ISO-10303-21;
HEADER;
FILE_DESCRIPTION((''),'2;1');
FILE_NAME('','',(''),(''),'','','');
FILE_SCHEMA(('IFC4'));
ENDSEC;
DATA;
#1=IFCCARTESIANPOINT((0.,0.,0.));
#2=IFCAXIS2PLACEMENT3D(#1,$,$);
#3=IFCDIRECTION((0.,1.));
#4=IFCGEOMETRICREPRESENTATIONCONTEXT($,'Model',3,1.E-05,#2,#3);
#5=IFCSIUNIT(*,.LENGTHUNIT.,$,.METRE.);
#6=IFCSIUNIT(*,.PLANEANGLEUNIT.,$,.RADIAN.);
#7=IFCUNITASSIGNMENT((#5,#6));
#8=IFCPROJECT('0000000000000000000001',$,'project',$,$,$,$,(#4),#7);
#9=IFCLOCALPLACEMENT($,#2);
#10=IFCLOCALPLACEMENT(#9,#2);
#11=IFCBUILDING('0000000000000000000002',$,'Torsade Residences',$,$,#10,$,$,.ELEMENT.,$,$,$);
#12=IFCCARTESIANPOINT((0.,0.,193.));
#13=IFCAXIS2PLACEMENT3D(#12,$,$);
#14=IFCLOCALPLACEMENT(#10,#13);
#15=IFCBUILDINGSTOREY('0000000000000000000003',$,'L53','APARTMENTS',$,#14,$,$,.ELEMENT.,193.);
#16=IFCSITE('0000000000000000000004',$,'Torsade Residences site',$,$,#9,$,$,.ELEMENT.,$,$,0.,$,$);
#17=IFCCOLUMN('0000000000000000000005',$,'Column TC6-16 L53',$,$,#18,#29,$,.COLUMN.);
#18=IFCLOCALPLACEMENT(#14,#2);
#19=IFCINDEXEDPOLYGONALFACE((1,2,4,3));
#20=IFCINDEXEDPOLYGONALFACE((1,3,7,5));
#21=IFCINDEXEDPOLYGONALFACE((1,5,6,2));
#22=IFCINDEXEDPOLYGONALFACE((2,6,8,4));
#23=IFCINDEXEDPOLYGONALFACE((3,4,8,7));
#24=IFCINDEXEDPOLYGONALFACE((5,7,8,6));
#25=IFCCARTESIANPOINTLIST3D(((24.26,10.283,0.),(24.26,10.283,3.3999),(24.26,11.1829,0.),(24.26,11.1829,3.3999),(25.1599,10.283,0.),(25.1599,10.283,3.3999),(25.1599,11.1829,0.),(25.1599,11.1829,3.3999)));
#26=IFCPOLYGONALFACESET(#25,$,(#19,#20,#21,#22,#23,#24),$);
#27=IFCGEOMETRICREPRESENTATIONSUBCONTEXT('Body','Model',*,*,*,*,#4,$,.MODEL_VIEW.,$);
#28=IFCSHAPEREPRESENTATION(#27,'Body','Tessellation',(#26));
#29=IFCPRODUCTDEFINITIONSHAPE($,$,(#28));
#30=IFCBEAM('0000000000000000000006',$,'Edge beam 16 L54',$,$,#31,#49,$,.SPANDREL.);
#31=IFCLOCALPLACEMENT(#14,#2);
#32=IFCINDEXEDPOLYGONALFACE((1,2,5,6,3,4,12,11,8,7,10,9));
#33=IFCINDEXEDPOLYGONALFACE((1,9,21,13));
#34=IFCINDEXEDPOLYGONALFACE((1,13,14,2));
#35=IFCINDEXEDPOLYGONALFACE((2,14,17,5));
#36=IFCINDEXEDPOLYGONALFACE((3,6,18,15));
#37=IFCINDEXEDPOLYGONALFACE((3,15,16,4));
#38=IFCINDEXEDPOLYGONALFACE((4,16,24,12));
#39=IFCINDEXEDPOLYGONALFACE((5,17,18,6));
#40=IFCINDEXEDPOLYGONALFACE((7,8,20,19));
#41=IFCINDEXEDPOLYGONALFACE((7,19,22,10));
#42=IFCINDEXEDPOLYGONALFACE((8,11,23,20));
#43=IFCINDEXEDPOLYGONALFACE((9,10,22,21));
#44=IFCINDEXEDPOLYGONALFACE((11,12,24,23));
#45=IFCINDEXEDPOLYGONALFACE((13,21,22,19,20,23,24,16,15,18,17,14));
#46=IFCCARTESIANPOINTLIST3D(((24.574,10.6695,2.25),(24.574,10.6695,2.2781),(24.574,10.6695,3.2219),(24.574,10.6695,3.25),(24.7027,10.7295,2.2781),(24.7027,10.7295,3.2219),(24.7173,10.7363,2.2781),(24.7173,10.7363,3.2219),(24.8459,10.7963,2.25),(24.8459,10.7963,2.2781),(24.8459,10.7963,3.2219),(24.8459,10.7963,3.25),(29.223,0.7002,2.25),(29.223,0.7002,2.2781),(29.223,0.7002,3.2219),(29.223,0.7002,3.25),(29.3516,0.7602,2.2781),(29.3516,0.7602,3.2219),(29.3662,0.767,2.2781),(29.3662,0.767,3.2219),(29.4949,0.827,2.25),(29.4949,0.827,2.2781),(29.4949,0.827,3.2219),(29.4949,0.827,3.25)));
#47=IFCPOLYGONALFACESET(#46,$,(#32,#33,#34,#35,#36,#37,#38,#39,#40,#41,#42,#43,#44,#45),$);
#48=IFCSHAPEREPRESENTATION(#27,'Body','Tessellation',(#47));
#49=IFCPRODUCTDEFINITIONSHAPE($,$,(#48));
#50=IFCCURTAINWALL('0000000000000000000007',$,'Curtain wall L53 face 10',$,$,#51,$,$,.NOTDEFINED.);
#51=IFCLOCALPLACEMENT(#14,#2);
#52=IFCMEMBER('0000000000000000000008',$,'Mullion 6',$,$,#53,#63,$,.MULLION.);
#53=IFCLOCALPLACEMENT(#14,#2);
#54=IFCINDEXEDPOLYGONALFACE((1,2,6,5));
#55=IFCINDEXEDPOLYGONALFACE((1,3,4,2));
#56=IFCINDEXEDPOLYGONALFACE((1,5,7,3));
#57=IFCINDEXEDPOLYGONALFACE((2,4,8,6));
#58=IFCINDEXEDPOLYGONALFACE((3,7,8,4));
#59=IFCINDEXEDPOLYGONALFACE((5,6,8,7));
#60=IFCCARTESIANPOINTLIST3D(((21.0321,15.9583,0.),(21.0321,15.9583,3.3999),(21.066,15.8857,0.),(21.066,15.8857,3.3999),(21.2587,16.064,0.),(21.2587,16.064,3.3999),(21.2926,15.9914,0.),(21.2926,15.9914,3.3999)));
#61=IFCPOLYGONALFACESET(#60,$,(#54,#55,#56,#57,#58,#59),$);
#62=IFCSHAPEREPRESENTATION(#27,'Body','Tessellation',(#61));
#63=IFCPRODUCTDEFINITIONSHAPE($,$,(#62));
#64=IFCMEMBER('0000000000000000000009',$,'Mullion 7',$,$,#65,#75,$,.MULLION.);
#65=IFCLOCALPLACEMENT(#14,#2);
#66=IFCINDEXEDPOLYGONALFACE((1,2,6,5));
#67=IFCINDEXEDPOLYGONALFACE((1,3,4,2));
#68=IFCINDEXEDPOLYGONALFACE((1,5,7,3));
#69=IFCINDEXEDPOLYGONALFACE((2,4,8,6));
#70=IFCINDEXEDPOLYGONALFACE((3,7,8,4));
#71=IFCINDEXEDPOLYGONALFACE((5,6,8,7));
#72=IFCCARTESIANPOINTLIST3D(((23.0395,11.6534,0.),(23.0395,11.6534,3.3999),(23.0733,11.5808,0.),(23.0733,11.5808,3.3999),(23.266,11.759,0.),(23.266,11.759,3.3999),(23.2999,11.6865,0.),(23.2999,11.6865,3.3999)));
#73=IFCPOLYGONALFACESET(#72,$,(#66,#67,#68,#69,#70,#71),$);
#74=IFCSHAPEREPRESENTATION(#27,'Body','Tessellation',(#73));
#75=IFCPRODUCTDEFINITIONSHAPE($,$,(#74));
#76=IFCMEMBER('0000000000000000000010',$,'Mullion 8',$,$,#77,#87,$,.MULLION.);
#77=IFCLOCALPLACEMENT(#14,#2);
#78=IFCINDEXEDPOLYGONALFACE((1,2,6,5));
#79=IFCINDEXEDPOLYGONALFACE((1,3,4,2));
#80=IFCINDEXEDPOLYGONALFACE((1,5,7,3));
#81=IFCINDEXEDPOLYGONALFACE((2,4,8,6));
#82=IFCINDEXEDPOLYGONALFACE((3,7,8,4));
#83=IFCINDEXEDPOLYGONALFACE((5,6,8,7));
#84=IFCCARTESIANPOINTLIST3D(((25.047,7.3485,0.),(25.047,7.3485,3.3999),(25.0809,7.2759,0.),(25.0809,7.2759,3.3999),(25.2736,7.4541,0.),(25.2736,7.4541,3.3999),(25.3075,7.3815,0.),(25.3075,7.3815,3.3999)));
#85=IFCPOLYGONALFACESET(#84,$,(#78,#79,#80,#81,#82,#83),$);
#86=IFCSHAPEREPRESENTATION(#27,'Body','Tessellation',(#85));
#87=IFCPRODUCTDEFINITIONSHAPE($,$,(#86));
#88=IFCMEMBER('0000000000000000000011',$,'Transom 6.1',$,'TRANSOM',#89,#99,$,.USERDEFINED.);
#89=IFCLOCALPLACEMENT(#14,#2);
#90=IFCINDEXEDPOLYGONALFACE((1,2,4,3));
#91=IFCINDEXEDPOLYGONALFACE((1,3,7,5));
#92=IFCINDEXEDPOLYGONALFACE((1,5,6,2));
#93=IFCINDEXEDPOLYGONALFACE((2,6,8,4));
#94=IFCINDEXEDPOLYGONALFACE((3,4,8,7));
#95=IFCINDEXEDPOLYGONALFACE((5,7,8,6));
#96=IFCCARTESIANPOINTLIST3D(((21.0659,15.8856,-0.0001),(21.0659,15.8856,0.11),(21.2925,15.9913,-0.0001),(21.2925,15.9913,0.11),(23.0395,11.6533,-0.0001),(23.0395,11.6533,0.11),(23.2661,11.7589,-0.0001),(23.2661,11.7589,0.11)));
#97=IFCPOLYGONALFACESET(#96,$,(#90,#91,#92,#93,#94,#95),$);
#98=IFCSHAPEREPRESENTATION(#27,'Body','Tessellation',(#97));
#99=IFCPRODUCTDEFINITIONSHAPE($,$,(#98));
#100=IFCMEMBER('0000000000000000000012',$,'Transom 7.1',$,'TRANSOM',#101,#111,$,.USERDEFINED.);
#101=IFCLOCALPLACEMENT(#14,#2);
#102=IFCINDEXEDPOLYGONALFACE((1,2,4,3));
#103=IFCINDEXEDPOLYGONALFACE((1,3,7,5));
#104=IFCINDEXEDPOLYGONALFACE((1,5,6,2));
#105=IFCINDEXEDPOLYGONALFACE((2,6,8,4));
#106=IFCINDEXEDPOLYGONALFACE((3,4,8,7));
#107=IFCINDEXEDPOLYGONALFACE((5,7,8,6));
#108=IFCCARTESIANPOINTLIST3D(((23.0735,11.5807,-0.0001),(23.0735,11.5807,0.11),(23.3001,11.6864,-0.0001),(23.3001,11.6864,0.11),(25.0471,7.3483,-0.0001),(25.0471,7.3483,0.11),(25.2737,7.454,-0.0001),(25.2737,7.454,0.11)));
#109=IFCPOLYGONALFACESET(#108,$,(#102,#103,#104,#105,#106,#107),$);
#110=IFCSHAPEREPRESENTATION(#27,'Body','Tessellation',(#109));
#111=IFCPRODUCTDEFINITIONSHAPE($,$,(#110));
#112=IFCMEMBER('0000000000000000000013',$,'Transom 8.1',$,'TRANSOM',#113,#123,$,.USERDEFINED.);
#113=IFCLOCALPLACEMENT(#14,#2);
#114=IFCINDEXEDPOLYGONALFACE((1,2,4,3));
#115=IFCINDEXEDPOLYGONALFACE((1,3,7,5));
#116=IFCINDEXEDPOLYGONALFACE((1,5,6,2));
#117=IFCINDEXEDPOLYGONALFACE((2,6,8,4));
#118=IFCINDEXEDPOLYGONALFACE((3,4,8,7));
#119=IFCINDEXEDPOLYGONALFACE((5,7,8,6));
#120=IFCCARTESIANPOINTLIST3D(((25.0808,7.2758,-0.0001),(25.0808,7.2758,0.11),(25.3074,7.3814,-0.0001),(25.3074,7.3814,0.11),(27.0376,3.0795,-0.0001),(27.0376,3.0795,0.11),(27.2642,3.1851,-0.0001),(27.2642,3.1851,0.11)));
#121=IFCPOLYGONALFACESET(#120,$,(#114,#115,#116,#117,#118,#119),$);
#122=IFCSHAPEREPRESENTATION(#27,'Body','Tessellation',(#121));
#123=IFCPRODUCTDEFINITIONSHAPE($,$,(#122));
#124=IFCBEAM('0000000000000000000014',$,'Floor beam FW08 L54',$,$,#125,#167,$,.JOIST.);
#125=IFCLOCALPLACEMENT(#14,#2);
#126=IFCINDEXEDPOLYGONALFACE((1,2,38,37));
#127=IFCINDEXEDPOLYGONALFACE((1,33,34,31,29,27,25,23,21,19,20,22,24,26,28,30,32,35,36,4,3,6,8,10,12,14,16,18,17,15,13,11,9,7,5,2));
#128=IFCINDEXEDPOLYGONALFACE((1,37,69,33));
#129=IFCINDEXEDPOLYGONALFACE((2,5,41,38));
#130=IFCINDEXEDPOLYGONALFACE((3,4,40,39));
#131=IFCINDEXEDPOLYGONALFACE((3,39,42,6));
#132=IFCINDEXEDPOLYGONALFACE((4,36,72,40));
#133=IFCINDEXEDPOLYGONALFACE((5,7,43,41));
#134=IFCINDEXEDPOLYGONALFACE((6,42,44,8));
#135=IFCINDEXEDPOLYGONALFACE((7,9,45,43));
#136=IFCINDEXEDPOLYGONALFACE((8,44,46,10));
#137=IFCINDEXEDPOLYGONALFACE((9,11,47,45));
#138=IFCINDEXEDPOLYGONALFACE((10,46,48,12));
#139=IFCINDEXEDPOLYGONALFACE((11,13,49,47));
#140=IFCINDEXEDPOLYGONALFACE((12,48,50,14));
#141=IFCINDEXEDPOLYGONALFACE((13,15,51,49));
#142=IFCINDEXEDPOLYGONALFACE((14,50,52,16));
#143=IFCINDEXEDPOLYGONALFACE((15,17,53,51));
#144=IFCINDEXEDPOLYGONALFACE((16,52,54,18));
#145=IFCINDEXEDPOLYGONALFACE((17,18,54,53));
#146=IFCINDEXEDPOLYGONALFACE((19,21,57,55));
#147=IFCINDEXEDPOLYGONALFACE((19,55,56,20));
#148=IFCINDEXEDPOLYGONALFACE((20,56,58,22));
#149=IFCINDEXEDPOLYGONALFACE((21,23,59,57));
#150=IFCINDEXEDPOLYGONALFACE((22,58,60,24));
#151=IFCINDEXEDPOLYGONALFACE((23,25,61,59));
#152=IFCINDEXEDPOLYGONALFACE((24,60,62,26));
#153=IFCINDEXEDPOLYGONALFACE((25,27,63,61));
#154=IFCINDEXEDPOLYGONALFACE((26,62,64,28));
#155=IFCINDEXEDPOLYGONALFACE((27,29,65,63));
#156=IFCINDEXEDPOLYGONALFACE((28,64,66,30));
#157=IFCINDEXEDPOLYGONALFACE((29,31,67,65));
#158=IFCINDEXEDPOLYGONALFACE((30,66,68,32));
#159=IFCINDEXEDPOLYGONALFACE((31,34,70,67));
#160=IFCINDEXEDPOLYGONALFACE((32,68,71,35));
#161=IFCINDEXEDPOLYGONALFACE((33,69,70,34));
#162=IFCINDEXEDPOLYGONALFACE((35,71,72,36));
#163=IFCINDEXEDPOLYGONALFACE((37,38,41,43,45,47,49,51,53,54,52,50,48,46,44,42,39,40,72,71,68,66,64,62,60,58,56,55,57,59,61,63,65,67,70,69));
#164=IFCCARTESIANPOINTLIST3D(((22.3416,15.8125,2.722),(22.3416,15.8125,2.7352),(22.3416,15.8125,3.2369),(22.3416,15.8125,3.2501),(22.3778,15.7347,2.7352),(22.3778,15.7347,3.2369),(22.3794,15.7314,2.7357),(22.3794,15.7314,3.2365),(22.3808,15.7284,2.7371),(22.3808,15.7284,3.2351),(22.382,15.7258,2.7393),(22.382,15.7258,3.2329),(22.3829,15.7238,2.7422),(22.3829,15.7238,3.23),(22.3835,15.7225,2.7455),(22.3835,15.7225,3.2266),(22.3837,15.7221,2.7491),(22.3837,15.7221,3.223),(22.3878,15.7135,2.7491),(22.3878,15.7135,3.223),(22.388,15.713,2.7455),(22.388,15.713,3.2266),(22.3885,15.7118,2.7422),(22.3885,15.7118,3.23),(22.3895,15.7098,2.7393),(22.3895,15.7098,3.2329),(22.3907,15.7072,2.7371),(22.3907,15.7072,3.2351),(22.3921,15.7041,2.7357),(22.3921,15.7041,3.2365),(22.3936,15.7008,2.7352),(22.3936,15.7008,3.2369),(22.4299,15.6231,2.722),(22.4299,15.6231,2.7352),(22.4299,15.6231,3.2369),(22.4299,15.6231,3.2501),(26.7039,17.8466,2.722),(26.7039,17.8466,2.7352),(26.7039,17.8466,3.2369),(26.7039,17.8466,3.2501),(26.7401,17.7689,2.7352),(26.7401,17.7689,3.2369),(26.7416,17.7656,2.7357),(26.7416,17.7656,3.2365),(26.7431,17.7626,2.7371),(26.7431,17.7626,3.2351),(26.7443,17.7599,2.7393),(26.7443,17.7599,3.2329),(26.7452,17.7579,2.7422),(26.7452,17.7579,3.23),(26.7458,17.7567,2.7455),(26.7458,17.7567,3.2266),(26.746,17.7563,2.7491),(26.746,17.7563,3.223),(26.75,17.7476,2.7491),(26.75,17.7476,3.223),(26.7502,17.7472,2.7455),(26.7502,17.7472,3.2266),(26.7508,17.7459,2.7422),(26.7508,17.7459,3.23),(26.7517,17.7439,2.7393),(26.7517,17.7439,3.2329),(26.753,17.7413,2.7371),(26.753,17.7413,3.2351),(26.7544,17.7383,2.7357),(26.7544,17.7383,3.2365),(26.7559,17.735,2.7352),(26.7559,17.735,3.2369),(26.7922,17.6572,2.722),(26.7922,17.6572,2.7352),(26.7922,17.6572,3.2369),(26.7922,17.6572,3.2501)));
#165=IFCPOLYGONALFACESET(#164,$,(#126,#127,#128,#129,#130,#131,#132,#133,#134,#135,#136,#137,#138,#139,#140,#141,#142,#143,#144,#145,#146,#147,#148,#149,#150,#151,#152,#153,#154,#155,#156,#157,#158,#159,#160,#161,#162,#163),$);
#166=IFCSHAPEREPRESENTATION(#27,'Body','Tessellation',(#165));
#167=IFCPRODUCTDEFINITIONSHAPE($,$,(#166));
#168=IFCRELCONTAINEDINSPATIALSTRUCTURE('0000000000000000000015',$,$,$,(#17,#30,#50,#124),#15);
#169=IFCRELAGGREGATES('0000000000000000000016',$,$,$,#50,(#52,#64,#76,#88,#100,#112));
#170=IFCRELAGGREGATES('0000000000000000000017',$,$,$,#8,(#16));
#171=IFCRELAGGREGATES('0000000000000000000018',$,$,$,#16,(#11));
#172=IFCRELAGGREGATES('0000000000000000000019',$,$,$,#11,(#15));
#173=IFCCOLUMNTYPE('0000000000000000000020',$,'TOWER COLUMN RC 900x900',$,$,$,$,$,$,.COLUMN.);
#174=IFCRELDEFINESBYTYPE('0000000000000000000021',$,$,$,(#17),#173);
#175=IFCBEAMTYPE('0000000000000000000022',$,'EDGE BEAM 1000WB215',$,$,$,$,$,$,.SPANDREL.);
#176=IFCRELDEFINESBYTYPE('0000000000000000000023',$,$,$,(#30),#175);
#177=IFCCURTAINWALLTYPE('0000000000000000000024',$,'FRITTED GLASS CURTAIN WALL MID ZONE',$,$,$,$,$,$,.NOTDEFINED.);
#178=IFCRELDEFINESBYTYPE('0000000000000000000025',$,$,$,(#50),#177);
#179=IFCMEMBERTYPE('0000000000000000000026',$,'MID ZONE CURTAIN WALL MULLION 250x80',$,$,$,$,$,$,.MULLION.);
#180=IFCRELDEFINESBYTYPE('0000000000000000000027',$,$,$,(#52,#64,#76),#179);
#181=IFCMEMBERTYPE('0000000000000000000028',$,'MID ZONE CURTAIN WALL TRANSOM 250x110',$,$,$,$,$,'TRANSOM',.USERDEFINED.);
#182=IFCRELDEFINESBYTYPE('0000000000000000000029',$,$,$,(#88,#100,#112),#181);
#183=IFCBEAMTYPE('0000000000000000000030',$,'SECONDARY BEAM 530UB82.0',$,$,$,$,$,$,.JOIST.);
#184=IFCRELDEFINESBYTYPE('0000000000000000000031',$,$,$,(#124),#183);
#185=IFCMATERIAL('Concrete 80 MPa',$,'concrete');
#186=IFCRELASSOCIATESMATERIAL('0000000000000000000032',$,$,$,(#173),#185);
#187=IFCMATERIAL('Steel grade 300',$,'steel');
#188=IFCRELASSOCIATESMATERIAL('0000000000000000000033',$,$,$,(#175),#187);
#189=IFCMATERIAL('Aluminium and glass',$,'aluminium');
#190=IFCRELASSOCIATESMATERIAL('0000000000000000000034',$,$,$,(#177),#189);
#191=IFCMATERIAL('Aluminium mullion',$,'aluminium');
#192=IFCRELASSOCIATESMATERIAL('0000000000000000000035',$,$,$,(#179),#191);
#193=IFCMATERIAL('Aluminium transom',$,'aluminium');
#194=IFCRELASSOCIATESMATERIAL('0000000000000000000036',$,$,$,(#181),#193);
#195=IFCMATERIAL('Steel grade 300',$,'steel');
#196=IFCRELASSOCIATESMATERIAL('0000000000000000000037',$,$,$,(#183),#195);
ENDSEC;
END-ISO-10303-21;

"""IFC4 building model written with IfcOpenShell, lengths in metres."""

from ifc_helpers import new_model, si_unit, direction, frame, origin, origin_2d, place, context, subcontext, project, spatial, rectangle, i_section, extrude, material, material_profile, profile_set, type_object, element, aggregate, save


model = new_model("IFC4")

# Units and contexts
model_context = context("Model", 3, precision=1e-05, world=origin(), true_north=direction((0.0, 1.0)))
body_context = subcontext(model_context, "Body", "Model", "MODEL_VIEW")
ifc_project = project(units=[si_unit("LENGTHUNIT", "METRE"), si_unit("PLANEANGLEUNIT", "RADIAN")], contexts=[model_context])

# Site, building, storey
site_placement = place(None, origin())
site = spatial("IfcSite", under=ifc_project, at=site_placement, Name="Torsade Residences site", CompositionType="ELEMENT", RefElevation=0.0)
building_placement = place(site_placement, origin())
building = spatial("IfcBuilding", under=site, at=building_placement, Name="Torsade Residences", CompositionType="ELEMENT")
storey_placement = place(building_placement, frame((0.0, 0.0, 193.0)))
storey = spatial("IfcBuildingStorey", under=building, at=storey_placement, Name="L53", Description="APARTMENTS", CompositionType="ELEMENT", Elevation=193.0)

# Column
ifc_material_1 = material(Name="Concrete 80 MPa", Category="concrete")
ifc_material_profile_1 = material_profile(ifc_material_1, rectangle(XDim=0.8999, YDim=0.8999, at=origin_2d()), Name="RC 900x900")
ifc_profile_set_1 = profile_set([ifc_material_profile_1], Name="Concrete 80 MPa")
column_type = type_object("IfcColumnType", Name="TOWER COLUMN RC 900x900", PredefinedType="COLUMN", material=ifc_profile_set_1)
column_placement = place(storey_placement, frame((24.71, 10.7329, 0.0), z_axis=(0.0, 0.0, 1.0), x_axis=(1.0, 0.0, 0.0)))
element("IfcColumn", 1, at=column_placement, inside=storey, type_object=column_type, Name="Column TC6-16 L53", PredefinedType="COLUMN", context=body_context, shape_type="SweptSolid", body=[
    extrude(rectangle(XDim=0.8999, YDim=0.8999, at=origin_2d()), origin(), (0.0, 0.0, 1.0), 3.3999),
])

# Beam
ifc_material_2 = material(Name="Steel grade 300", Category="steel")
ifc_material_profile_2 = material_profile(ifc_material_2, i_section(OverallWidth=0.3, OverallDepth=1.0, WebThickness=0.0161, FlangeThickness=0.0281, at=origin_2d()), Name="1000WB215")
ifc_profile_set_2 = profile_set([ifc_material_profile_2], Name="Steel grade 300")
beam_type_1 = type_object("IfcBeamType", Name="EDGE BEAM 1000WB215", PredefinedType="SPANDREL", material=ifc_profile_set_2)
beam_1_placement = place(storey_placement, frame((24.71, 10.7329, 2.75), z_axis=(0.422633, -0.906301, 0.0), x_axis=(0.906301, 0.422633, 0.0)))
element("IfcBeam", 2, at=beam_1_placement, inside=storey, type_object=beam_type_1, Name="Edge beam 16 L54", PredefinedType="SPANDREL", context=body_context, shape_type="SweptSolid", body=[
    extrude(i_section(OverallWidth=0.3, OverallDepth=1.0, WebThickness=0.0161, FlangeThickness=0.0281, at=origin_2d()), origin(), (0.0, 0.0, 1.0), 11.0),
])

# Curtain wall, members
ifc_material_3 = material(Name="Aluminium and glass", Category="aluminium")
curtain_wall_type = type_object("IfcCurtainWallType", Name="FRITTED GLASS CURTAIN WALL MID ZONE", PredefinedType="NOTDEFINED", material=ifc_material_3)
curtain_wall_placement = place(storey_placement, origin())
curtain_wall = element("IfcCurtainWall", 3, at=curtain_wall_placement, inside=storey, type_object=curtain_wall_type, Name="Curtain wall L53 face 10", PredefinedType="NOTDEFINED")
ifc_material_4 = material(Name="Aluminium mullion", Category="aluminium")
ifc_material_profile_3 = material_profile(ifc_material_4, rectangle(XDim=0.25, YDim=0.0801, at=origin_2d()), Name="MID ZONE CURTAIN WALL MULLION 250x80")
ifc_profile_set_3 = profile_set([ifc_material_profile_3], Name="Aluminium mullion")
member_type_1 = type_object("IfcMemberType", Name="MID ZONE CURTAIN WALL MULLION 250x80", PredefinedType="MULLION", material=ifc_profile_set_3)
member_1_placement = place(storey_placement, frame((21.1624, 15.9749, 0.0), z_axis=(0.0, 0.0, 1.0), x_axis=(0.906308, 0.422618, 0.0)))
member_1 = element("IfcMember", 4, at=member_1_placement, type_object=member_type_1, Name="Mullion 6", PredefinedType="MULLION", context=body_context, shape_type="SweptSolid", body=[
    extrude(rectangle(XDim=0.25, YDim=0.0801, at=origin_2d()), origin(), (0.0, 0.0, 1.0), 3.3999),
])
member_2_placement = place(storey_placement, frame((23.1697, 11.6699, 0.0), z_axis=(0.0, 0.0, 1.0), x_axis=(0.906308, 0.422618, 0.0)))
member_2 = element("IfcMember", 5, at=member_2_placement, type_object=member_type_1, Name="Mullion 7", PredefinedType="MULLION", context=body_context, shape_type="SweptSolid", body=[
    extrude(rectangle(XDim=0.25, YDim=0.0801, at=origin_2d()), origin(), (0.0, 0.0, 1.0), 3.3999),
])
member_3_placement = place(storey_placement, frame((25.1772, 7.365, 0.0), z_axis=(0.0, 0.0, 1.0), x_axis=(0.906308, 0.422618, 0.0)))
member_3 = element("IfcMember", 6, at=member_3_placement, type_object=member_type_1, Name="Mullion 8", PredefinedType="MULLION", context=body_context, shape_type="SweptSolid", body=[
    extrude(rectangle(XDim=0.25, YDim=0.0801, at=origin_2d()), origin(), (0.0, 0.0, 1.0), 3.3999),
])
ifc_material_5 = material(Name="Aluminium transom", Category="aluminium")
ifc_material_profile_4 = material_profile(ifc_material_5, rectangle(XDim=0.25, YDim=0.1101, at=origin_2d()), Name="MID ZONE CURTAIN WALL TRANSOM 250x110")
ifc_profile_set_4 = profile_set([ifc_material_profile_4], Name="Aluminium transom")
member_type_2 = type_object("IfcMemberType", Name="MID ZONE CURTAIN WALL TRANSOM 250x110", ElementType="TRANSOM", PredefinedType="USERDEFINED", material=ifc_profile_set_4)
member_4_placement = place(storey_placement, frame((21.1792, 15.9385, 0.0549), z_axis=(0.422622, -0.906306, 0.0), x_axis=(0.906306, 0.422622, 0.0)))
member_4 = element("IfcMember", 7, at=member_4_placement, type_object=member_type_2, Name="Transom 6.1", ObjectType="TRANSOM", PredefinedType="USERDEFINED", context=body_context, shape_type="SweptSolid", body=[
    extrude(rectangle(XDim=0.25, YDim=0.1101, at=origin_2d()), origin(), (0.0, 0.0, 1.0), 4.6699),
])
member_5_placement = place(storey_placement, frame((23.1868, 11.6335, 0.0549), z_axis=(0.422622, -0.906306, 0.0), x_axis=(0.906306, 0.422622, 0.0)))
member_5 = element("IfcMember", 8, at=member_5_placement, type_object=member_type_2, Name="Transom 7.1", ObjectType="TRANSOM", PredefinedType="USERDEFINED", context=body_context, shape_type="SweptSolid", body=[
    extrude(rectangle(XDim=0.25, YDim=0.1101, at=origin_2d()), origin(), (0.0, 0.0, 1.0), 4.6699),
])
member_6_placement = place(storey_placement, frame((25.1941, 7.3286, 0.0549), z_axis=(0.422623, -0.906306, 0.0), x_axis=(0.906306, 0.422623, 0.0)))
member_6 = element("IfcMember", 9, at=member_6_placement, type_object=member_type_2, Name="Transom 8.1", ObjectType="TRANSOM", PredefinedType="USERDEFINED", context=body_context, shape_type="SweptSolid", body=[
    extrude(rectangle(XDim=0.25, YDim=0.1101, at=origin_2d()), origin(), (0.0, 0.0, 1.0), 4.6301),
])

# Beam
ifc_material_6 = material(Name="Steel grade 300", Category="steel")
ifc_material_profile_5 = material_profile(ifc_material_6, i_section(OverallWidth=0.209, OverallDepth=0.5281, WebThickness=0.0095, FlangeThickness=0.0132, FilletRadius=0.0139, at=origin_2d()), Name="530UB82.0")
ifc_profile_set_5 = profile_set([ifc_material_profile_5], Name="Steel grade 300")
beam_type_2 = type_object("IfcBeamType", Name="SECONDARY BEAM 530UB82.0", PredefinedType="JOIST", material=ifc_profile_set_5)
beam_2_placement = place(storey_placement, frame((22.3857, 15.7178, 2.9861), z_axis=(0.906308, 0.422619, 0.0), x_axis=(-0.422619, 0.906308, 0.0)))
element("IfcBeam", 10, at=beam_2_placement, inside=storey, type_object=beam_type_2, Name="Floor beam FW08 L54", PredefinedType="JOIST", context=body_context, shape_type="SweptSolid", body=[
    extrude(i_section(OverallWidth=0.209, OverallDepth=0.5281, WebThickness=0.0095, FlangeThickness=0.0132, FilletRadius=0.0139, at=origin_2d()), origin(), (0.0, 0.0, 1.0), 4.8132),
])

aggregate(curtain_wall, [member_1, member_2, member_3, member_4, member_5, member_6])

save(model, "model.ifc")
